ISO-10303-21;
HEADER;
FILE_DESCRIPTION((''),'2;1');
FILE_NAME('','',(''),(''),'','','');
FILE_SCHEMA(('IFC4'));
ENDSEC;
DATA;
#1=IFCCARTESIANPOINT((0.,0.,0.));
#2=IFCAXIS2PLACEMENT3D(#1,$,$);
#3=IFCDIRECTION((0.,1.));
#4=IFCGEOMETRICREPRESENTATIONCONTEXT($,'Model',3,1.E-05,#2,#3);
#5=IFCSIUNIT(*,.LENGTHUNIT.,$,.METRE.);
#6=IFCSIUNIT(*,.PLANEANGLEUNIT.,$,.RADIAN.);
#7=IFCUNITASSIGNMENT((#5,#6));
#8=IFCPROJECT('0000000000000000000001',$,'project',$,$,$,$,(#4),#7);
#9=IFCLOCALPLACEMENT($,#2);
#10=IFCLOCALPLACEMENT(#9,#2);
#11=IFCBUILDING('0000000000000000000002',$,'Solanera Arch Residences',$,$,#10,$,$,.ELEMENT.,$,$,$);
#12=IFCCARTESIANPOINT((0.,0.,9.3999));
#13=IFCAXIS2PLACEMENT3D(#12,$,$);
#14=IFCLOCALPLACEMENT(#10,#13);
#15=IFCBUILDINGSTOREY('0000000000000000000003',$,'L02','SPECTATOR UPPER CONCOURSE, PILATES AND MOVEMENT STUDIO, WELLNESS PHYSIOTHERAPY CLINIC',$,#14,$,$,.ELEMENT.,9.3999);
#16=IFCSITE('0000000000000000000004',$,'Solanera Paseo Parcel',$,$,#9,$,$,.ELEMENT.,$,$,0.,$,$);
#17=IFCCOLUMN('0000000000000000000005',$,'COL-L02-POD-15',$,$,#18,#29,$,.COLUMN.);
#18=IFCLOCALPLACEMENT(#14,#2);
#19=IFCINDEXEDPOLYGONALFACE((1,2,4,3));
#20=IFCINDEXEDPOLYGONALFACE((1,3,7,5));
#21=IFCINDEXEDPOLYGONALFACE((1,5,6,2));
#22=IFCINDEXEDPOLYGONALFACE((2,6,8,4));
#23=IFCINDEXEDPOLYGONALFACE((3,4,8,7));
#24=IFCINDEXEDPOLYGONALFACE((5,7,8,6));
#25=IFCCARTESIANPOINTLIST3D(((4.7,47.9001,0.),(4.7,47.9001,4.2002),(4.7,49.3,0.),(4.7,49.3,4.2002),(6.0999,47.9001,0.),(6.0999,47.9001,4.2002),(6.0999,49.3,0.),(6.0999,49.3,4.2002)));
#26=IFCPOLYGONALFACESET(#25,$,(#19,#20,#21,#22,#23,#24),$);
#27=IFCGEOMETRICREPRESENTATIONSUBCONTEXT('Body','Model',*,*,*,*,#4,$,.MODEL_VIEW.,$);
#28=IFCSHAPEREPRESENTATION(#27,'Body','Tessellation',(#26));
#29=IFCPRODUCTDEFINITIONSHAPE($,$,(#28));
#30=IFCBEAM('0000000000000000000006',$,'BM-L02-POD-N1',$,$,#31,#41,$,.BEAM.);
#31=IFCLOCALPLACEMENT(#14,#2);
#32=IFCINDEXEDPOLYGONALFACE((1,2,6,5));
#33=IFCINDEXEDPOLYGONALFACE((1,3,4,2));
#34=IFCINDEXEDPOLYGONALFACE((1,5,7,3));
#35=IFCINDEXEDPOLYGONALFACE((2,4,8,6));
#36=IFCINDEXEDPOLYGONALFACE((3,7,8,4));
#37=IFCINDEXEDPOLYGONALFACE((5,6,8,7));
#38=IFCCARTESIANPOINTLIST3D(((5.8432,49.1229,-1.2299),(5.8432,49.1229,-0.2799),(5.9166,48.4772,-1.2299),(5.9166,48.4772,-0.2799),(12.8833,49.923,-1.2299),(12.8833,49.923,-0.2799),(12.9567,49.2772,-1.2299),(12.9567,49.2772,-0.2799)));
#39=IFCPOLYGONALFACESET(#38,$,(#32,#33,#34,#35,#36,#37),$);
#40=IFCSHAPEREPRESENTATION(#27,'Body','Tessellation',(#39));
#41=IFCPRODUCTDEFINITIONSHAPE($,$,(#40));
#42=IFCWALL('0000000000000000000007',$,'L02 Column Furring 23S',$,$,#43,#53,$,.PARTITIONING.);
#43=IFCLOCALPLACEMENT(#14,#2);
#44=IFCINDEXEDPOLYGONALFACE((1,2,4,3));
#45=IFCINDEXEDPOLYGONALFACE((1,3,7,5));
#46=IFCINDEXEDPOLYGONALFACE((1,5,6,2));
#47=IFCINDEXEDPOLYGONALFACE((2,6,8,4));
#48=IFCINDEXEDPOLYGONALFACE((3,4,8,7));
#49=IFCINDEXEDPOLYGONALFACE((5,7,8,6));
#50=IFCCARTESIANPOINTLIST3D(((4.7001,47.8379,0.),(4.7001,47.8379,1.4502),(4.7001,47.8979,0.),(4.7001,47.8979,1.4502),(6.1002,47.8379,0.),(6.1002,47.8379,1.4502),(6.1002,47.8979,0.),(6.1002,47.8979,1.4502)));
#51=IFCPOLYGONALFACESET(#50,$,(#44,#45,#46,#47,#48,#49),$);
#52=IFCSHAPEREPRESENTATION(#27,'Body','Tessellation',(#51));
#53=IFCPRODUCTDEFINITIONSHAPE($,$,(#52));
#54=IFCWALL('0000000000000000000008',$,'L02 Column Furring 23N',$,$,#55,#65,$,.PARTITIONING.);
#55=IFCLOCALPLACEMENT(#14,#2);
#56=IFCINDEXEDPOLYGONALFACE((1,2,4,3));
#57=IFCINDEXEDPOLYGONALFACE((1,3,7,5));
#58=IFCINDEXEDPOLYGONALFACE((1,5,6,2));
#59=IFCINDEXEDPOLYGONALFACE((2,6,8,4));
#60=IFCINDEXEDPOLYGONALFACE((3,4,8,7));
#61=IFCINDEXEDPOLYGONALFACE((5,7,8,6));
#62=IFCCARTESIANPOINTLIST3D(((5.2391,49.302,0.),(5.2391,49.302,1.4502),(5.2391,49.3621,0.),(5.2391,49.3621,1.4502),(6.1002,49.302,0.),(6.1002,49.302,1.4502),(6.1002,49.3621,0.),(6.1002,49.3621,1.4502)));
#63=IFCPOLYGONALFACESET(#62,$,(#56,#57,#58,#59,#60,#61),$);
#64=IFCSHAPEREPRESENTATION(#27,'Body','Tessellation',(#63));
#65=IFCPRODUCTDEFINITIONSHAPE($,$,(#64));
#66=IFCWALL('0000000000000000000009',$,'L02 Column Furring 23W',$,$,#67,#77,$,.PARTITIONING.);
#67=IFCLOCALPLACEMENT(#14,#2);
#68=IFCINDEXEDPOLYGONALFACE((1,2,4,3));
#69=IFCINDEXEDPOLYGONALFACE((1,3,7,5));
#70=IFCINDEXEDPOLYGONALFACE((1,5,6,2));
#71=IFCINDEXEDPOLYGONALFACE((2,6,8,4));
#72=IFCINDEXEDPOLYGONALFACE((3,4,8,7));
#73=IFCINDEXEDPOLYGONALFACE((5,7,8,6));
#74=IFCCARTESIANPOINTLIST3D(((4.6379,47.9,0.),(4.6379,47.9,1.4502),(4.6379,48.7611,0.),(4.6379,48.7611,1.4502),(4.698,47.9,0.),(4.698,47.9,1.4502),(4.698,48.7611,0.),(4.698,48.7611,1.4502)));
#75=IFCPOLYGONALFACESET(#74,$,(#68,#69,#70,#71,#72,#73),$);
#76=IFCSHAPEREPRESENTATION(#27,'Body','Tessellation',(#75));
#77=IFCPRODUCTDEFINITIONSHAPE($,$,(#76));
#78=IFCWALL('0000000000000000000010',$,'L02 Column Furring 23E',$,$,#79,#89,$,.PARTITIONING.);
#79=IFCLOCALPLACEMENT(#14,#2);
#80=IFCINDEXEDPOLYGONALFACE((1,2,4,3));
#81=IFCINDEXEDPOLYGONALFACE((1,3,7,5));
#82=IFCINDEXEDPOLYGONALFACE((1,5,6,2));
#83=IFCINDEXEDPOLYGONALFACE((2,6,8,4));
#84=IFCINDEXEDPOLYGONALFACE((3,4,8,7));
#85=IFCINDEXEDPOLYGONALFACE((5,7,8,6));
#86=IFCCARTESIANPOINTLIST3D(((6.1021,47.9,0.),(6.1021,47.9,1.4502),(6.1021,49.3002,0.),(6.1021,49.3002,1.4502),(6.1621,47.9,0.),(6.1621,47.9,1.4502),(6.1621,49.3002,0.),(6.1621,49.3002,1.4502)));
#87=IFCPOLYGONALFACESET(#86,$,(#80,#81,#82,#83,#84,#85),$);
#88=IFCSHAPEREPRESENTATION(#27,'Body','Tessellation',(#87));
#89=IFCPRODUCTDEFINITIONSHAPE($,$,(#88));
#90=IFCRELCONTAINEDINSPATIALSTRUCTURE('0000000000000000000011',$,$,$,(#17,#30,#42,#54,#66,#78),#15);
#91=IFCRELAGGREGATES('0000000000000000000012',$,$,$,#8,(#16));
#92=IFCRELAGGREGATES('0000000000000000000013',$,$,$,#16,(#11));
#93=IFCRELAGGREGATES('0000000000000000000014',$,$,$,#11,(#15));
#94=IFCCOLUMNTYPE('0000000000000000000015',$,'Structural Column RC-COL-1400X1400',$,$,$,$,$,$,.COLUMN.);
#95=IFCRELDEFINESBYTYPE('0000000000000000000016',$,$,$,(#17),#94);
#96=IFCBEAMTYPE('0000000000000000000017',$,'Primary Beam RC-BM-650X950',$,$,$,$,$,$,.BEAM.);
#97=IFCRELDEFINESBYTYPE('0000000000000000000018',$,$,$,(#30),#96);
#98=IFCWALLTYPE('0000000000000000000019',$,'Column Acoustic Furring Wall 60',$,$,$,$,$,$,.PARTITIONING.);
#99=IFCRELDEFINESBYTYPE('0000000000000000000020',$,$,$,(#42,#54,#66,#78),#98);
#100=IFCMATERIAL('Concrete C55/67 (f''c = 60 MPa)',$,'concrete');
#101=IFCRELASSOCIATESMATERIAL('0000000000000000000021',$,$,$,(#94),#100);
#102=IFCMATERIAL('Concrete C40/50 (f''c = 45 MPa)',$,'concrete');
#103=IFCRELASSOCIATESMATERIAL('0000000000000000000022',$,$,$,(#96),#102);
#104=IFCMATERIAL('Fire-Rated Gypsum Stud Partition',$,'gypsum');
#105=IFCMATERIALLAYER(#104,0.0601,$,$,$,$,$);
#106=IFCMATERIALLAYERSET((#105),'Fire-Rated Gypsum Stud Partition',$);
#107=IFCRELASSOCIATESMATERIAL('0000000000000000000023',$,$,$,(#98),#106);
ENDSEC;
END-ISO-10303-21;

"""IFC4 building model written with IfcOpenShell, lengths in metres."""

from ifc_helpers import new_model, si_unit, direction, frame, frame_2d, origin, origin_2d, place, context, subcontext, project, spatial, rectangle, extrude, material, layer, layer_set, material_profile, profile_set, type_object, element, save


model = new_model("IFC4")

# Units and contexts
model_context = context("Model", 3, precision=1e-05, world=origin(), true_north=direction((0.0, 1.0)))
body_context = subcontext(model_context, "Body", "Model", "MODEL_VIEW")
ifc_project = project(units=[si_unit("LENGTHUNIT", "METRE"), si_unit("PLANEANGLEUNIT", "RADIAN")], contexts=[model_context])

# Site, building, storey
site_placement = place(None, origin())
site = spatial("IfcSite", under=ifc_project, at=site_placement, Name="Solanera Paseo Parcel", CompositionType="ELEMENT", RefElevation=0.0)
building_placement = place(site_placement, origin())
building = spatial("IfcBuilding", under=site, at=building_placement, Name="Solanera Arch Residences", CompositionType="ELEMENT")
storey_placement = place(building_placement, frame((0.0, 0.0, 9.3999)))
storey = spatial("IfcBuildingStorey", under=building, at=storey_placement, Name="L02", Description="SPECTATOR UPPER CONCOURSE, PILATES AND MOVEMENT STUDIO, WELLNESS PHYSIOTHERAPY CLINIC", CompositionType="ELEMENT", Elevation=9.3999)

# Column
ifc_material_1 = material(Name="Concrete C55/67 (f'c = 60 MPa)", Category="concrete")
ifc_material_profile_1 = material_profile(ifc_material_1, rectangle(XDim=1.3999, YDim=1.3999, at=origin_2d()))
ifc_profile_set_1 = profile_set([ifc_material_profile_1], Name="Concrete C55/67 (f'c = 60 MPa)")
column_type = type_object("IfcColumnType", Name="Structural Column RC-COL-1400X1400", PredefinedType="COLUMN", material=ifc_profile_set_1)
column_placement = place(storey_placement, frame((5.3999, 48.6001, 0.0), z_axis=(0.0, 0.0, 1.0), x_axis=(1.0, 0.0, 0.0)))
element("IfcColumn", 1, at=column_placement, inside=storey, type_object=column_type, Name="COL-L02-POD-15", PredefinedType="COLUMN", context=body_context, shape_type="SweptSolid", body=[
    extrude(rectangle(XDim=1.3999, YDim=1.3999, at=origin_2d()), origin(), (0.0, 0.0, 1.0), 4.2002),
])

# Beam
ifc_material_2 = material(Name="Concrete C40/50 (f'c = 45 MPa)", Category="concrete")
ifc_material_profile_2 = material_profile(ifc_material_2, rectangle(XDim=0.6499, YDim=0.95, at=origin_2d()))
ifc_profile_set_2 = profile_set([ifc_material_profile_2], Name="Concrete C40/50 (f'c = 45 MPa)")
beam_type = type_object("IfcBeamType", Name="Primary Beam RC-BM-650X950", PredefinedType="BEAM", material=ifc_profile_set_2)
beam_placement = place(storey_placement, frame((5.8799, 48.8, -0.7549), z_axis=(0.993605, 0.112916, 0.0), x_axis=(-0.112916, 0.993605, 0.0)))
element("IfcBeam", 2, at=beam_placement, inside=storey, type_object=beam_type, Name="BM-L02-POD-N1", PredefinedType="BEAM", context=body_context, shape_type="SweptSolid", body=[
    extrude(rectangle(XDim=0.6499, YDim=0.95, at=origin_2d()), origin(), (0.0, 0.0, 1.0), 7.0854),
])

# Walls
ifc_material_3 = material(Name="Fire-Rated Gypsum Stud Partition", Category="gypsum")
ifc_layer_1 = layer(ifc_material_3, 0.0601)
ifc_layer_set_1 = layer_set([ifc_layer_1], Name="Fire-Rated Gypsum Stud Partition")
wall_type_1 = type_object("IfcWallType", Name="Column Acoustic Furring Wall 60", PredefinedType="PARTITIONING", material=ifc_layer_set_1)
wall_1_placement = place(storey_placement, frame((4.7, 47.8679, 0.0), z_axis=(0.0, 0.0, 1.0), x_axis=(1.0, 0.0, 0.0)))
element("IfcWall", 3, at=wall_1_placement, inside=storey, type_object=wall_type_1, Name="L02 Column Furring 23S", PredefinedType="PARTITIONING", context=body_context, shape_type="SweptSolid", body=[
    extrude(rectangle(XDim=1.4001, YDim=0.0601, at=frame_2d((0.7002, 0.0))), origin(), (0.0, 0.0, 1.0), 1.4502),
])
for number, where, z_axis, x_axis, name in (
    (4, (5.239, 49.332, 0.0), (0.0, 0.0, 1.0), (1.0, 0.0, 0.0), "L02 Column Furring 23N"),
    (5, (4.668, 47.8999, 0.0), (0.0, 0.0, 1.0), (0.0, 1.0, 0.0), "L02 Column Furring 23W"),
):
    element("IfcWall", number, at=place(storey_placement, frame(where, z_axis=z_axis, x_axis=x_axis)), inside=storey, type_object=wall_type_1, Name=name, PredefinedType="PARTITIONING", context=body_context, shape_type="SweptSolid", body=[
        extrude(rectangle(XDim=0.8611, YDim=0.0601, at=frame_2d((0.4307, 0.0))), origin(), (0.0, 0.0, 1.0), 1.4502),
    ])
wall_2_placement = place(storey_placement, frame((6.1321, 47.8999, 0.0), z_axis=(0.0, 0.0, 1.0), x_axis=(0.0, 1.0, 0.0)))
element("IfcWall", 6, at=wall_2_placement, inside=storey, type_object=wall_type_1, Name="L02 Column Furring 23E", PredefinedType="PARTITIONING", context=body_context, shape_type="SweptSolid", body=[
    extrude(rectangle(XDim=1.4001, YDim=0.0601, at=frame_2d((0.7002, 0.0))), origin(), (0.0, 0.0, 1.0), 1.4502),
])

save(model, "model.ifc")
